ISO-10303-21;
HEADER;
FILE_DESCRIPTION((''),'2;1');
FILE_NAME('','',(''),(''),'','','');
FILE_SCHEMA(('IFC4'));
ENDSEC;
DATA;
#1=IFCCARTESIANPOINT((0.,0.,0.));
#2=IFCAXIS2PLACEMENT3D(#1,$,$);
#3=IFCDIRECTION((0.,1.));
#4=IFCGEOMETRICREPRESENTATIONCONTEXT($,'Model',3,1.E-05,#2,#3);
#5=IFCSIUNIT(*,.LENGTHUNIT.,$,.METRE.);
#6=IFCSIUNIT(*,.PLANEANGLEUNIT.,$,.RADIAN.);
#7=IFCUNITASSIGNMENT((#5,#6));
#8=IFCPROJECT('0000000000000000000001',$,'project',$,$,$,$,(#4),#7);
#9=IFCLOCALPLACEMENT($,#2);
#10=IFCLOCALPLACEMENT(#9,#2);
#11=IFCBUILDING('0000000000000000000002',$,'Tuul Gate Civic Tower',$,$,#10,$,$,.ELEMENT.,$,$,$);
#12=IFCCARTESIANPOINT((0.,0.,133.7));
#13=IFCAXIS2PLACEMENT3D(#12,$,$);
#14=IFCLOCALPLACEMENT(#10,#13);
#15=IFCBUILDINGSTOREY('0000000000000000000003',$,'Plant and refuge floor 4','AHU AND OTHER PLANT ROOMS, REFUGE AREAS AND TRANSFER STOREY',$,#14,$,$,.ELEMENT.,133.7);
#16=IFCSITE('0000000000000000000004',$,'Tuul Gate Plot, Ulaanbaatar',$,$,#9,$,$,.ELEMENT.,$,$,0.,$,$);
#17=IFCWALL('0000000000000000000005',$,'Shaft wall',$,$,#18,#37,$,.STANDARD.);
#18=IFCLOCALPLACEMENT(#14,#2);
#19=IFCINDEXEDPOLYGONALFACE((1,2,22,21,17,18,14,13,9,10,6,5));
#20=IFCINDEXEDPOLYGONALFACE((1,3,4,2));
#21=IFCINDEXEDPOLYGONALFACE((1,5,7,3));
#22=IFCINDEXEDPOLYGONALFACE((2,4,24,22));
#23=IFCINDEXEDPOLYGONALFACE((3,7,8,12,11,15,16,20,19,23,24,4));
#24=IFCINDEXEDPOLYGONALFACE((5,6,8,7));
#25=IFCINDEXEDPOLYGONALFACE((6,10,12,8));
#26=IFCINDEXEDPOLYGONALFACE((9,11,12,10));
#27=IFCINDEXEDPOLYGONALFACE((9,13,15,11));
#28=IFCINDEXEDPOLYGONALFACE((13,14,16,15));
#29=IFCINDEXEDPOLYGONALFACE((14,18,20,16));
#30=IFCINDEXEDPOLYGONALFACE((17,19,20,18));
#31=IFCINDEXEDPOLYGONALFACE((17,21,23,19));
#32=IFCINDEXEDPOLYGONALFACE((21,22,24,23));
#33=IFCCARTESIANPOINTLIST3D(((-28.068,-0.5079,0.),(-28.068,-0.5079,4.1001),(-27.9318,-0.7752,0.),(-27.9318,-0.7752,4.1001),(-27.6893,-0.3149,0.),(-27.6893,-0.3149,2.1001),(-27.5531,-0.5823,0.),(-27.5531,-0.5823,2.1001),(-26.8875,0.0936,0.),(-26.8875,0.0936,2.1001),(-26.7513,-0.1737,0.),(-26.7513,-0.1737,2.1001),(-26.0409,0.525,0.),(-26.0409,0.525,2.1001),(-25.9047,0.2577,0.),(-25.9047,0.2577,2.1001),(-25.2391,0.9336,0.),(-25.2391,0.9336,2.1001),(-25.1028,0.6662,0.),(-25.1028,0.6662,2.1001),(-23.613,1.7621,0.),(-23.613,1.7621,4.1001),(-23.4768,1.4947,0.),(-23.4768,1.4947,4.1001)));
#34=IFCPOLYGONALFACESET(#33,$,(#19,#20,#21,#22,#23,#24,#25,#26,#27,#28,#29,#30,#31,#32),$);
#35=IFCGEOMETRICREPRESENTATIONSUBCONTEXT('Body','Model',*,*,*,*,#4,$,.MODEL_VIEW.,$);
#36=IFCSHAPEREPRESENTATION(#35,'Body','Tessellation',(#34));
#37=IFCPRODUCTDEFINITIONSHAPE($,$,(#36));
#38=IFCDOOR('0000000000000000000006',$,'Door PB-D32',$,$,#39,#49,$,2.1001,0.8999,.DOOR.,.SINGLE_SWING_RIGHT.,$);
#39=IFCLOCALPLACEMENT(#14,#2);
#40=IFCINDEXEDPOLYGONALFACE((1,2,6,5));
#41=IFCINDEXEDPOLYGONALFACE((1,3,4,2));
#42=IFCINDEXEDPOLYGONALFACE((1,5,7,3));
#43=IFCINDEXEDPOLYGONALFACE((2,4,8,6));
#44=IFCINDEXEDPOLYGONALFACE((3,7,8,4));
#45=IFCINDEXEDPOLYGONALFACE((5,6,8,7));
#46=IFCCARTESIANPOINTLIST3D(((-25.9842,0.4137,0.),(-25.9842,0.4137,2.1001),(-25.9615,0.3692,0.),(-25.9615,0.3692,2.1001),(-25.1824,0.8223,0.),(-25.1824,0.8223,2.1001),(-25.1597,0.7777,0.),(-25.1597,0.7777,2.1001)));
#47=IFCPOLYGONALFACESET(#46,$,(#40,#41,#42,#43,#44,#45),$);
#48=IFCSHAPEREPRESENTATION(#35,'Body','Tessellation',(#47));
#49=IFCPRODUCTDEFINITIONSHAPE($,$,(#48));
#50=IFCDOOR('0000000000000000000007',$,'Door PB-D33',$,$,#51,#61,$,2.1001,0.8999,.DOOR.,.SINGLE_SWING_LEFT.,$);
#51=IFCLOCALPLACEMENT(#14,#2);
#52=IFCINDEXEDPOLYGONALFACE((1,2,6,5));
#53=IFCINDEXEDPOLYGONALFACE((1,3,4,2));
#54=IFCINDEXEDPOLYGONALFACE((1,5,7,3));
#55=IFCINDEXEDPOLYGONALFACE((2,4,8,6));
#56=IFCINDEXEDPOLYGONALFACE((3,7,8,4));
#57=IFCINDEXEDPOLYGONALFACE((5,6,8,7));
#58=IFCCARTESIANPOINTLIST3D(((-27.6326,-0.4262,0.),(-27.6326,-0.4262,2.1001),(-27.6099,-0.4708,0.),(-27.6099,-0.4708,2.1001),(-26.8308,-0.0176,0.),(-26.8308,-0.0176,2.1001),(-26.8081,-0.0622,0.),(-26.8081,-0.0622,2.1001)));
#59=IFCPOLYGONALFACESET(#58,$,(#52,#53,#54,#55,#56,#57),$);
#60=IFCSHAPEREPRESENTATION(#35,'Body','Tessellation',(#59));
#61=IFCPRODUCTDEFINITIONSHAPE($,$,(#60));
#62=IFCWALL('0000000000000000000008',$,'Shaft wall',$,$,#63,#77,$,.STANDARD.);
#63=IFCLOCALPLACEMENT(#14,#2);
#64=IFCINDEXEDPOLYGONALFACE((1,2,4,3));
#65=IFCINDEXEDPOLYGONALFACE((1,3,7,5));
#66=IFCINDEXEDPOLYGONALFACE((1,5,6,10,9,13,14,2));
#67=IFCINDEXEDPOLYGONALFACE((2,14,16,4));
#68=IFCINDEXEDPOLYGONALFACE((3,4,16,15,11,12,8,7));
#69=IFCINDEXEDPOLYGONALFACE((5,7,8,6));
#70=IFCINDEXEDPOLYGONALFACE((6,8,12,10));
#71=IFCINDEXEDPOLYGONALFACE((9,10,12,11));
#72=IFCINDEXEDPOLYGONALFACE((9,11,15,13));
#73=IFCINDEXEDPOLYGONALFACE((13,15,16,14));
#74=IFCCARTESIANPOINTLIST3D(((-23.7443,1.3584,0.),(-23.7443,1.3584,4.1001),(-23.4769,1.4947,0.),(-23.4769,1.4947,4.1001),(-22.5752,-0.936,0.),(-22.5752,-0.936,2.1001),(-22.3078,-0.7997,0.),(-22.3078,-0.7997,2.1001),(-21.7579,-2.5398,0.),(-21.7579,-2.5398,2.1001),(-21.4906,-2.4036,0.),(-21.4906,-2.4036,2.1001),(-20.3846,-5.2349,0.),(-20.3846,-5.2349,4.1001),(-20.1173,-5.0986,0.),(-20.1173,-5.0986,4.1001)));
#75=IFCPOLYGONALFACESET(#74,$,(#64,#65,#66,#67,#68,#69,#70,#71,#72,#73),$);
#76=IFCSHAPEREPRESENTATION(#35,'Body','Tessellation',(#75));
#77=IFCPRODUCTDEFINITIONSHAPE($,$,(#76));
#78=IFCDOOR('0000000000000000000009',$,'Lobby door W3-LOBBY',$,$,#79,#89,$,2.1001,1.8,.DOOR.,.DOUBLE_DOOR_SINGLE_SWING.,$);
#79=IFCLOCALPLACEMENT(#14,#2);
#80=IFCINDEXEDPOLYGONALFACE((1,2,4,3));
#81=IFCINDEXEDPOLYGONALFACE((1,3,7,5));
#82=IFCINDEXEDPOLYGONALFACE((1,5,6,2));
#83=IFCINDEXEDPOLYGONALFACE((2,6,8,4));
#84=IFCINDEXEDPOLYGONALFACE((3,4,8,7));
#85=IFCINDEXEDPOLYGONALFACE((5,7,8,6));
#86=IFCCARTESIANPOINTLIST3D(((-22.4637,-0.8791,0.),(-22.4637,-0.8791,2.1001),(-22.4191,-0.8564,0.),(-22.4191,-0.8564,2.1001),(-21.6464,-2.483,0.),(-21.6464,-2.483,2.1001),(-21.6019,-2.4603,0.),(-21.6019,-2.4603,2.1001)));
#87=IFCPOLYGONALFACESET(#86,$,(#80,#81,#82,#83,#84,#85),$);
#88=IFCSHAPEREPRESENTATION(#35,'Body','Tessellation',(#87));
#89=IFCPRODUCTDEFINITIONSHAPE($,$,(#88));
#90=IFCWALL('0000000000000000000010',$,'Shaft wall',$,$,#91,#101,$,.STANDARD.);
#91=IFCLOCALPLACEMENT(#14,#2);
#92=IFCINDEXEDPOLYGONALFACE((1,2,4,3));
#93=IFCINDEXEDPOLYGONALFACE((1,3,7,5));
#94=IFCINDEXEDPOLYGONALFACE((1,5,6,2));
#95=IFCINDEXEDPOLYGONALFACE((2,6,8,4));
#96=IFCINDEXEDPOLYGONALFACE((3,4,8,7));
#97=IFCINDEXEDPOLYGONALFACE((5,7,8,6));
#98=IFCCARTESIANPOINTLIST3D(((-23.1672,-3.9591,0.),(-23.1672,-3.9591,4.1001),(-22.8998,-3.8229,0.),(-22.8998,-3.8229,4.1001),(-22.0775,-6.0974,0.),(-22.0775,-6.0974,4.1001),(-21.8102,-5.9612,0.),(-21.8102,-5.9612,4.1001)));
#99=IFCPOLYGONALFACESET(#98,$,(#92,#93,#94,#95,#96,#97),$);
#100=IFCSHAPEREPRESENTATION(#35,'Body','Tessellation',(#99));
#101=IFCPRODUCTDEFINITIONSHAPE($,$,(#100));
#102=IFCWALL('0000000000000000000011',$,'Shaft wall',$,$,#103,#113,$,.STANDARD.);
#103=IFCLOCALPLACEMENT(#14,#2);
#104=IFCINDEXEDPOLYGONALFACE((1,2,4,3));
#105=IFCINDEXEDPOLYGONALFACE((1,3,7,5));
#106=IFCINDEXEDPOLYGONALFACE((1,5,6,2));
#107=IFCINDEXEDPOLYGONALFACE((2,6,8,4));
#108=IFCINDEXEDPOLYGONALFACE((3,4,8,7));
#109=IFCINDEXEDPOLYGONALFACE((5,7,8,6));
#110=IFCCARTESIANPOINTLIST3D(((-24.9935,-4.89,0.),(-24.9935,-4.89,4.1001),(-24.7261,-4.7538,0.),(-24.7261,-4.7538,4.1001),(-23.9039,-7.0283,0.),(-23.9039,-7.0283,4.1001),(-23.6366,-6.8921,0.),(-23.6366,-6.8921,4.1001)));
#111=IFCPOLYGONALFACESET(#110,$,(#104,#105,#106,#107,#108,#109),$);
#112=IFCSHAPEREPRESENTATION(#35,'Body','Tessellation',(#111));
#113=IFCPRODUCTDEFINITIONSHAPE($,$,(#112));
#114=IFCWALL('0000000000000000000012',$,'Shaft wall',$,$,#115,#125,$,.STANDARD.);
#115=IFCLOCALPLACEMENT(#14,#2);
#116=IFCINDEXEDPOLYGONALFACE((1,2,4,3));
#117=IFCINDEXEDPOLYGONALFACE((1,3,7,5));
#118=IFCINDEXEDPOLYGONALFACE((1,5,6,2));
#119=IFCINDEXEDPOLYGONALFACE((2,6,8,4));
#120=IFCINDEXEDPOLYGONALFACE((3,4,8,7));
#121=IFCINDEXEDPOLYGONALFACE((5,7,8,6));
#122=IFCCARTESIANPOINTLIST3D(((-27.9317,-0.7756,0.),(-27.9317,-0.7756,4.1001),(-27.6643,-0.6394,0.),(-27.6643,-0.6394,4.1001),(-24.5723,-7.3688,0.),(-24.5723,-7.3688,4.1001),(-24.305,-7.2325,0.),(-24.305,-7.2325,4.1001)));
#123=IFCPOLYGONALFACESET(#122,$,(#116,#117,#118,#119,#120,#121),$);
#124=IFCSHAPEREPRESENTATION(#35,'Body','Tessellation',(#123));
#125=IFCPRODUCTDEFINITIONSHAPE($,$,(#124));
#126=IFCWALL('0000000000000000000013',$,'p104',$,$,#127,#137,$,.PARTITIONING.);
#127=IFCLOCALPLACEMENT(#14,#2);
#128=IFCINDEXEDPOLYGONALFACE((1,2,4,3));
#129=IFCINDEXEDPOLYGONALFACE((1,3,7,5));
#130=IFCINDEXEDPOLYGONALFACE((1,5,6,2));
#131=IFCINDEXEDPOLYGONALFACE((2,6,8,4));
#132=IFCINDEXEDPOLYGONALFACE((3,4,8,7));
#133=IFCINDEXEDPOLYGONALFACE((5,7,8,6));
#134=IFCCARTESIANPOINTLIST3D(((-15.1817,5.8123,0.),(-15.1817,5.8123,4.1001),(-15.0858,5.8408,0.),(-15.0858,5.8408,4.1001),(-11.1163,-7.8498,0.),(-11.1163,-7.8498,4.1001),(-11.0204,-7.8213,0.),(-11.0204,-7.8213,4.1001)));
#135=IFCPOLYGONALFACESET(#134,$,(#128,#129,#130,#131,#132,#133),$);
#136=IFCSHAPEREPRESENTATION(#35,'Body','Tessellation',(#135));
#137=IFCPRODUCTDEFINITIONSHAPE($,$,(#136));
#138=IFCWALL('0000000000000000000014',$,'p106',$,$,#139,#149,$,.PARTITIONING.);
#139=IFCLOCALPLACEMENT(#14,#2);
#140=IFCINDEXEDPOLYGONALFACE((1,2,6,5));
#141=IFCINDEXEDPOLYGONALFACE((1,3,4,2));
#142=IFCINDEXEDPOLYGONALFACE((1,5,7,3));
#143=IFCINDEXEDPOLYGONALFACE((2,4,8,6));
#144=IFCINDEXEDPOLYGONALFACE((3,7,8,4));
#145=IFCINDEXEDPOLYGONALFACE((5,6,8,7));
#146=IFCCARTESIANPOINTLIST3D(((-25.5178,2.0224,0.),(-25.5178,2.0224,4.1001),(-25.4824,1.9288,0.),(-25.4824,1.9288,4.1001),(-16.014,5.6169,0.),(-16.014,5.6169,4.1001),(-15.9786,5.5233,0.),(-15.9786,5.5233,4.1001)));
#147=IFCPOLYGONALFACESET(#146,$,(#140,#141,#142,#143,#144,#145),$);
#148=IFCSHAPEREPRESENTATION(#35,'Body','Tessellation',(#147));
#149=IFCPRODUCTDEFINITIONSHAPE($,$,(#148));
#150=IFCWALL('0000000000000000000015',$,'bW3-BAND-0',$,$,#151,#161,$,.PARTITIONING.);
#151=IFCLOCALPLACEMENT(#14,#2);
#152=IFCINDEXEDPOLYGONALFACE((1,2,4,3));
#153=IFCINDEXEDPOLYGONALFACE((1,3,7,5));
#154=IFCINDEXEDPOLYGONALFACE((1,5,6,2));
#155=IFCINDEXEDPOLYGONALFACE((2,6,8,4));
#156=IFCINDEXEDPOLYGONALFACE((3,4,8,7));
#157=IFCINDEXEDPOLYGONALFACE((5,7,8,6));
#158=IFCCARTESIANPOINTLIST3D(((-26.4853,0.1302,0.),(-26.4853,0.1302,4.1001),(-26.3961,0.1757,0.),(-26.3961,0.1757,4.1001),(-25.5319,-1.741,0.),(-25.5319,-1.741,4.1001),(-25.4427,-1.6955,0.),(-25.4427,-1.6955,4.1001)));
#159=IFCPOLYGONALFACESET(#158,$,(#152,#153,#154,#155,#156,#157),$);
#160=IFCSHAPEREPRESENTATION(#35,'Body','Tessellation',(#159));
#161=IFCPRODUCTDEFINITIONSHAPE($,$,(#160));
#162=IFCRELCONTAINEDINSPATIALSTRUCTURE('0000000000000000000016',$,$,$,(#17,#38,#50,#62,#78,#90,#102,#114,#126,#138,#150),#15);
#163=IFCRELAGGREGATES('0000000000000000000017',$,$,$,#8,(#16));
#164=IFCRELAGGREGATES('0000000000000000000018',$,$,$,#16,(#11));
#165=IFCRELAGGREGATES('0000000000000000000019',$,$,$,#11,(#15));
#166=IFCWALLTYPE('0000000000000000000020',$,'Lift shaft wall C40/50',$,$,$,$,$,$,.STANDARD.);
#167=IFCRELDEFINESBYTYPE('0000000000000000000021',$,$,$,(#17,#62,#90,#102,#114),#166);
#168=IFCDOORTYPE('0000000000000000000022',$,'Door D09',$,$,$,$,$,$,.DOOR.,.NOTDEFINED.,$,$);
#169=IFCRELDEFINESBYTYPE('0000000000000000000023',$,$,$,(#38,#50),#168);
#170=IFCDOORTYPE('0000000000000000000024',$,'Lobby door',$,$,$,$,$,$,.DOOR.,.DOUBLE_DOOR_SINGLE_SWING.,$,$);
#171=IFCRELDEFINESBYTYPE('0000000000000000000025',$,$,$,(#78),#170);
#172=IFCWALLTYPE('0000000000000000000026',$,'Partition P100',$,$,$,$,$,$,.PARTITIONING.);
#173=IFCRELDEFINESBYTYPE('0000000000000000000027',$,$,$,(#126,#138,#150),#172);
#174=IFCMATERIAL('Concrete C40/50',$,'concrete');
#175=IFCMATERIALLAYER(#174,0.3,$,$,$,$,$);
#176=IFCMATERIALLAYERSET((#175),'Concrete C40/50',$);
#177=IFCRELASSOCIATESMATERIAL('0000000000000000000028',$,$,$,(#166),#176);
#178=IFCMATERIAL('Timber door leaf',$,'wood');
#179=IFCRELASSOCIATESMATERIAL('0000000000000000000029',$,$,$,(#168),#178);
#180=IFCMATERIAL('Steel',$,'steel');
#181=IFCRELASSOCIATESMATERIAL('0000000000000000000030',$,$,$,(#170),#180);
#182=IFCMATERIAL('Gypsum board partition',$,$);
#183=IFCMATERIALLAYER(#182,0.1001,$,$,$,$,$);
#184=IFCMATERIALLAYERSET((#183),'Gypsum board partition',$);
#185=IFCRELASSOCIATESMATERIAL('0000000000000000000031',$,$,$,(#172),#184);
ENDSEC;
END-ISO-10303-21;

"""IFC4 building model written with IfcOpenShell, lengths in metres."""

from ifc_helpers import new_model, si_unit, direction, frame, frame_2d, origin, place, context, subcontext, project, spatial, rectangle, extrude, material, layer, layer_set, type_object, element, fill, save


model = new_model("IFC4")

# Units and contexts
model_context = context("Model", 3, precision=1e-05, world=origin(), true_north=direction((0.0, 1.0)))
body_context = subcontext(model_context, "Body", "Model", "MODEL_VIEW")
ifc_project = project(units=[si_unit("LENGTHUNIT", "METRE"), si_unit("PLANEANGLEUNIT", "RADIAN")], contexts=[model_context])

# Site, building, storey
site_placement = place(None, origin())
site = spatial("IfcSite", under=ifc_project, at=site_placement, Name="Tuul Gate Plot, Ulaanbaatar", CompositionType="ELEMENT", RefElevation=0.0)
building_placement = place(site_placement, origin())
building = spatial("IfcBuilding", under=site, at=building_placement, Name="Tuul Gate Civic Tower", CompositionType="ELEMENT")
storey_placement = place(building_placement, frame((0.0, 0.0, 133.7)))
storey = spatial("IfcBuildingStorey", under=building, at=storey_placement, Name="Plant and refuge floor 4", Description="AHU AND OTHER PLANT ROOMS, REFUGE AREAS AND TRANSFER STOREY", CompositionType="ELEMENT", Elevation=133.7)

# Shared definitions
ifc_material_1 = material(Name="Concrete C40/50", Category="concrete")
ifc_layer_1 = layer(ifc_material_1, 0.3)
ifc_layer_set_1 = layer_set([ifc_layer_1], Name="Concrete C40/50")
wall_type_1 = type_object("IfcWallType", Name="Lift shaft wall C40/50", PredefinedType="STANDARD", material=ifc_layer_set_1)

# Wall, openings, doors
wall_1_placement = place(storey_placement, frame((-23.5449, 1.6284, 0.0), z_axis=(0.0, 0.0, 1.0), x_axis=(-0.891003, -0.453997, 0.0)))
wall_1 = element("IfcWall", 1, at=wall_1_placement, inside=storey, type_object=wall_type_1, Name="Shaft wall", PredefinedType="STANDARD", context=body_context, shape_type="SweptSolid", body=[
    extrude(rectangle(XDim=5.0, YDim=0.3, at=frame_2d((2.5, 0.0))), origin(), (0.0, 0.0, 1.0), 4.1001),
])
opening_1_placement = place(wall_1_placement, frame((1.825, 0.0, 0.0)))
opening_1 = element("IfcOpeningElement", 2, at=opening_1_placement, cuts=wall_1, PredefinedType="OPENING", context=body_context, shape_type="SweptSolid", body=[
    extrude(rectangle(XDim=0.8999, YDim=2.1001, at=frame_2d((0.45, 1.05))), frame((0.0, 0.1602, 0.0), z_axis=(0.0, -1.0, 0.0), x_axis=(1.0, 0.0, 0.0)), (0.0, 0.0, 1.0), 0.3201),
])
opening_2_placement = place(wall_1_placement, frame((3.675, 0.0, 0.0)))
opening_2 = element("IfcOpeningElement", 3, at=opening_2_placement, cuts=wall_1, PredefinedType="OPENING", context=body_context, shape_type="SweptSolid", body=[
    extrude(rectangle(XDim=0.8999, YDim=2.1001, at=frame_2d((0.45, 1.05))), frame((0.0, 0.1602, 0.0), z_axis=(0.0, -1.0, 0.0), x_axis=(1.0, 0.0, 0.0)), (0.0, 0.0, 1.0), 0.3201),
])
ifc_material_2 = material(Name="Timber door leaf", Category="wood")
door_type_1 = type_object("IfcDoorType", Name="Door D09", OperationType="NOTDEFINED", PredefinedType="DOOR", material=ifc_material_2)
door_1_placement = place(opening_1_placement, origin())
door_1 = element("IfcDoor", 4, at=door_1_placement, inside=storey, type_object=door_type_1, Name="Door PB-D32", OperationType="SINGLE_SWING_RIGHT", OverallHeight=2.1001, OverallWidth=0.8999, PredefinedType="DOOR", context=body_context, shape_type="SweptSolid", body=[
    extrude(rectangle(XDim=0.8999, YDim=2.1001, at=frame_2d((0.45, 1.05))), frame((0.0, 0.0249, 0.0), z_axis=(0.0, -1.0, 0.0), x_axis=(1.0, 0.0, 0.0)), (0.0, 0.0, 1.0), 0.05),
])
fill(opening_1, door_1)
door_2_placement = place(opening_2_placement, origin())
door_2 = element("IfcDoor", 5, at=door_2_placement, inside=storey, type_object=door_type_1, Name="Door PB-D33", OperationType="SINGLE_SWING_LEFT", OverallHeight=2.1001, OverallWidth=0.8999, PredefinedType="DOOR", context=body_context, shape_type="SweptSolid", body=[
    extrude(rectangle(XDim=0.8999, YDim=2.1001, at=frame_2d((0.45, 1.05))), frame((0.0, 0.0249, 0.0), z_axis=(0.0, -1.0, 0.0), x_axis=(1.0, 0.0, 0.0)), (0.0, 0.0, 1.0), 0.05),
])
fill(opening_2, door_2)

# Wall, opening, door
wall_2_placement = place(storey_placement, frame((-20.251, -5.1667, 0.0), z_axis=(0.0, 0.0, 1.0), x_axis=(-0.45401, 0.890996, 0.0)))
wall_2 = element("IfcWall", 6, at=wall_2_placement, inside=storey, type_object=wall_type_1, Name="Shaft wall", PredefinedType="STANDARD", context=body_context, shape_type="SweptSolid", body=[
    extrude(rectangle(XDim=7.3999, YDim=0.3, at=frame_2d((3.7, 0.0))), origin(), (0.0, 0.0, 1.0), 4.1001),
])
opening_3_placement = place(wall_2_placement, frame((3.0249, 0.0, 0.0)))
opening_3 = element("IfcOpeningElement", 7, at=opening_3_placement, cuts=wall_2, PredefinedType="OPENING", context=body_context, shape_type="SweptSolid", body=[
    extrude(rectangle(XDim=1.8, YDim=2.1001, at=frame_2d((0.8999, 1.05))), frame((0.0, 0.1602, 0.0), z_axis=(0.0, -1.0, 0.0), x_axis=(1.0, 0.0, 0.0)), (0.0, 0.0, 1.0), 0.3201),
])
ifc_material_3 = material(Name="Steel", Category="steel")
door_type_2 = type_object("IfcDoorType", Name="Lobby door", OperationType="DOUBLE_DOOR_SINGLE_SWING", PredefinedType="DOOR", material=ifc_material_3)
door_3_placement = place(opening_3_placement, origin())
door_3 = element("IfcDoor", 8, at=door_3_placement, inside=storey, type_object=door_type_2, Name="Lobby door W3-LOBBY", OperationType="DOUBLE_DOOR_SINGLE_SWING", OverallHeight=2.1001, OverallWidth=1.8, PredefinedType="DOOR", context=body_context, shape_type="SweptSolid", body=[
    extrude(rectangle(XDim=1.8, YDim=2.1001, at=frame_2d((0.8999, 1.05))), frame((0.0, 0.0249, 0.0), z_axis=(0.0, -1.0, 0.0), x_axis=(1.0, 0.0, 0.0)), (0.0, 0.0, 1.0), 0.05),
])
fill(opening_3, door_3)

# Walls
for number, where, z_axis, x_axis, name in (
    (9, (-21.9438, -6.0293, 0.0), (0.0, 0.0, 1.0), (-0.454037, 0.890983, 0.0), "Shaft wall"),
    (10, (-23.7703, -6.9602, 0.0), (0.0, 0.0, 1.0), (-0.453996, 0.891004, 0.0), "Shaft wall"),
):
    element("IfcWall", number, at=place(storey_placement, frame(where, z_axis=z_axis, x_axis=x_axis)), inside=storey, type_object=wall_type_1, Name=name, PredefinedType="STANDARD", context=body_context, shape_type="SweptSolid", body=[
        extrude(rectangle(XDim=2.3999, YDim=0.3, at=frame_2d((1.2, 0.0))), origin(), (0.0, 0.0, 1.0), 4.1001),
    ])
wall_3_placement = place(storey_placement, frame((-24.4387, -7.3005, 0.0), z_axis=(0.0, 0.0, 1.0), x_axis=(-0.453984, 0.89101, 0.0)))
element("IfcWall", 11, at=wall_3_placement, inside=storey, type_object=wall_type_1, Name="Shaft wall", PredefinedType="STANDARD", context=body_context, shape_type="SweptSolid", body=[
    extrude(rectangle(XDim=7.3997, YDim=0.3, at=frame_2d((3.6997, 0.0))), origin(), (0.0, 0.0, 1.0), 4.1001),
])
ifc_material_4 = material(Name="Gypsum board partition")
ifc_layer_2 = layer(ifc_material_4, 0.1001)
ifc_layer_set_2 = layer_set([ifc_layer_2], Name="Gypsum board partition")
wall_type_2 = type_object("IfcWallType", Name="Partition P100", PredefinedType="PARTITIONING", material=ifc_layer_set_2)
wall_4_placement = place(storey_placement, frame((-11.0684, -7.8354, 0.0), z_axis=(0.0, 0.0, 1.0), x_axis=(-0.28521, 0.958465, 0.0)))
element("IfcWall", 12, at=wall_4_placement, inside=storey, type_object=wall_type_2, Name="p104", PredefinedType="PARTITIONING", context=body_context, shape_type="SweptSolid", body=[
    extrude(rectangle(XDim=14.2542, YDim=0.1001, at=frame_2d((7.127, 0.0))), origin(), (0.0, 0.0, 1.0), 4.1001),
])
wall_5_placement = place(storey_placement, frame((-25.5002, 1.9756, 0.0), z_axis=(0.0, 0.0, 1.0), x_axis=(0.935338, 0.353755, 0.0)))
element("IfcWall", 13, at=wall_5_placement, inside=storey, type_object=wall_type_2, Name="p106", PredefinedType="PARTITIONING", context=body_context, shape_type="SweptSolid", body=[
    extrude(rectangle(XDim=10.1609, YDim=0.1001, at=frame_2d((5.0806, 0.0))), origin(), (0.0, 0.0, 1.0), 4.1001),
])
wall_6_placement = place(storey_placement, frame((-25.4873, -1.7183, 0.0), z_axis=(0.0, 0.0, 1.0), x_axis=(-0.45399, 0.891007, 0.0)))
element("IfcWall", 14, at=wall_6_placement, inside=storey, type_object=wall_type_2, Name="bW3-BAND-0", PredefinedType="PARTITIONING", context=body_context, shape_type="SweptSolid", body=[
    extrude(rectangle(XDim=2.1001, YDim=0.1001, at=frame_2d((1.05, 0.0))), origin(), (0.0, 0.0, 1.0), 4.1001),
])

save(model, "model.ifc")
